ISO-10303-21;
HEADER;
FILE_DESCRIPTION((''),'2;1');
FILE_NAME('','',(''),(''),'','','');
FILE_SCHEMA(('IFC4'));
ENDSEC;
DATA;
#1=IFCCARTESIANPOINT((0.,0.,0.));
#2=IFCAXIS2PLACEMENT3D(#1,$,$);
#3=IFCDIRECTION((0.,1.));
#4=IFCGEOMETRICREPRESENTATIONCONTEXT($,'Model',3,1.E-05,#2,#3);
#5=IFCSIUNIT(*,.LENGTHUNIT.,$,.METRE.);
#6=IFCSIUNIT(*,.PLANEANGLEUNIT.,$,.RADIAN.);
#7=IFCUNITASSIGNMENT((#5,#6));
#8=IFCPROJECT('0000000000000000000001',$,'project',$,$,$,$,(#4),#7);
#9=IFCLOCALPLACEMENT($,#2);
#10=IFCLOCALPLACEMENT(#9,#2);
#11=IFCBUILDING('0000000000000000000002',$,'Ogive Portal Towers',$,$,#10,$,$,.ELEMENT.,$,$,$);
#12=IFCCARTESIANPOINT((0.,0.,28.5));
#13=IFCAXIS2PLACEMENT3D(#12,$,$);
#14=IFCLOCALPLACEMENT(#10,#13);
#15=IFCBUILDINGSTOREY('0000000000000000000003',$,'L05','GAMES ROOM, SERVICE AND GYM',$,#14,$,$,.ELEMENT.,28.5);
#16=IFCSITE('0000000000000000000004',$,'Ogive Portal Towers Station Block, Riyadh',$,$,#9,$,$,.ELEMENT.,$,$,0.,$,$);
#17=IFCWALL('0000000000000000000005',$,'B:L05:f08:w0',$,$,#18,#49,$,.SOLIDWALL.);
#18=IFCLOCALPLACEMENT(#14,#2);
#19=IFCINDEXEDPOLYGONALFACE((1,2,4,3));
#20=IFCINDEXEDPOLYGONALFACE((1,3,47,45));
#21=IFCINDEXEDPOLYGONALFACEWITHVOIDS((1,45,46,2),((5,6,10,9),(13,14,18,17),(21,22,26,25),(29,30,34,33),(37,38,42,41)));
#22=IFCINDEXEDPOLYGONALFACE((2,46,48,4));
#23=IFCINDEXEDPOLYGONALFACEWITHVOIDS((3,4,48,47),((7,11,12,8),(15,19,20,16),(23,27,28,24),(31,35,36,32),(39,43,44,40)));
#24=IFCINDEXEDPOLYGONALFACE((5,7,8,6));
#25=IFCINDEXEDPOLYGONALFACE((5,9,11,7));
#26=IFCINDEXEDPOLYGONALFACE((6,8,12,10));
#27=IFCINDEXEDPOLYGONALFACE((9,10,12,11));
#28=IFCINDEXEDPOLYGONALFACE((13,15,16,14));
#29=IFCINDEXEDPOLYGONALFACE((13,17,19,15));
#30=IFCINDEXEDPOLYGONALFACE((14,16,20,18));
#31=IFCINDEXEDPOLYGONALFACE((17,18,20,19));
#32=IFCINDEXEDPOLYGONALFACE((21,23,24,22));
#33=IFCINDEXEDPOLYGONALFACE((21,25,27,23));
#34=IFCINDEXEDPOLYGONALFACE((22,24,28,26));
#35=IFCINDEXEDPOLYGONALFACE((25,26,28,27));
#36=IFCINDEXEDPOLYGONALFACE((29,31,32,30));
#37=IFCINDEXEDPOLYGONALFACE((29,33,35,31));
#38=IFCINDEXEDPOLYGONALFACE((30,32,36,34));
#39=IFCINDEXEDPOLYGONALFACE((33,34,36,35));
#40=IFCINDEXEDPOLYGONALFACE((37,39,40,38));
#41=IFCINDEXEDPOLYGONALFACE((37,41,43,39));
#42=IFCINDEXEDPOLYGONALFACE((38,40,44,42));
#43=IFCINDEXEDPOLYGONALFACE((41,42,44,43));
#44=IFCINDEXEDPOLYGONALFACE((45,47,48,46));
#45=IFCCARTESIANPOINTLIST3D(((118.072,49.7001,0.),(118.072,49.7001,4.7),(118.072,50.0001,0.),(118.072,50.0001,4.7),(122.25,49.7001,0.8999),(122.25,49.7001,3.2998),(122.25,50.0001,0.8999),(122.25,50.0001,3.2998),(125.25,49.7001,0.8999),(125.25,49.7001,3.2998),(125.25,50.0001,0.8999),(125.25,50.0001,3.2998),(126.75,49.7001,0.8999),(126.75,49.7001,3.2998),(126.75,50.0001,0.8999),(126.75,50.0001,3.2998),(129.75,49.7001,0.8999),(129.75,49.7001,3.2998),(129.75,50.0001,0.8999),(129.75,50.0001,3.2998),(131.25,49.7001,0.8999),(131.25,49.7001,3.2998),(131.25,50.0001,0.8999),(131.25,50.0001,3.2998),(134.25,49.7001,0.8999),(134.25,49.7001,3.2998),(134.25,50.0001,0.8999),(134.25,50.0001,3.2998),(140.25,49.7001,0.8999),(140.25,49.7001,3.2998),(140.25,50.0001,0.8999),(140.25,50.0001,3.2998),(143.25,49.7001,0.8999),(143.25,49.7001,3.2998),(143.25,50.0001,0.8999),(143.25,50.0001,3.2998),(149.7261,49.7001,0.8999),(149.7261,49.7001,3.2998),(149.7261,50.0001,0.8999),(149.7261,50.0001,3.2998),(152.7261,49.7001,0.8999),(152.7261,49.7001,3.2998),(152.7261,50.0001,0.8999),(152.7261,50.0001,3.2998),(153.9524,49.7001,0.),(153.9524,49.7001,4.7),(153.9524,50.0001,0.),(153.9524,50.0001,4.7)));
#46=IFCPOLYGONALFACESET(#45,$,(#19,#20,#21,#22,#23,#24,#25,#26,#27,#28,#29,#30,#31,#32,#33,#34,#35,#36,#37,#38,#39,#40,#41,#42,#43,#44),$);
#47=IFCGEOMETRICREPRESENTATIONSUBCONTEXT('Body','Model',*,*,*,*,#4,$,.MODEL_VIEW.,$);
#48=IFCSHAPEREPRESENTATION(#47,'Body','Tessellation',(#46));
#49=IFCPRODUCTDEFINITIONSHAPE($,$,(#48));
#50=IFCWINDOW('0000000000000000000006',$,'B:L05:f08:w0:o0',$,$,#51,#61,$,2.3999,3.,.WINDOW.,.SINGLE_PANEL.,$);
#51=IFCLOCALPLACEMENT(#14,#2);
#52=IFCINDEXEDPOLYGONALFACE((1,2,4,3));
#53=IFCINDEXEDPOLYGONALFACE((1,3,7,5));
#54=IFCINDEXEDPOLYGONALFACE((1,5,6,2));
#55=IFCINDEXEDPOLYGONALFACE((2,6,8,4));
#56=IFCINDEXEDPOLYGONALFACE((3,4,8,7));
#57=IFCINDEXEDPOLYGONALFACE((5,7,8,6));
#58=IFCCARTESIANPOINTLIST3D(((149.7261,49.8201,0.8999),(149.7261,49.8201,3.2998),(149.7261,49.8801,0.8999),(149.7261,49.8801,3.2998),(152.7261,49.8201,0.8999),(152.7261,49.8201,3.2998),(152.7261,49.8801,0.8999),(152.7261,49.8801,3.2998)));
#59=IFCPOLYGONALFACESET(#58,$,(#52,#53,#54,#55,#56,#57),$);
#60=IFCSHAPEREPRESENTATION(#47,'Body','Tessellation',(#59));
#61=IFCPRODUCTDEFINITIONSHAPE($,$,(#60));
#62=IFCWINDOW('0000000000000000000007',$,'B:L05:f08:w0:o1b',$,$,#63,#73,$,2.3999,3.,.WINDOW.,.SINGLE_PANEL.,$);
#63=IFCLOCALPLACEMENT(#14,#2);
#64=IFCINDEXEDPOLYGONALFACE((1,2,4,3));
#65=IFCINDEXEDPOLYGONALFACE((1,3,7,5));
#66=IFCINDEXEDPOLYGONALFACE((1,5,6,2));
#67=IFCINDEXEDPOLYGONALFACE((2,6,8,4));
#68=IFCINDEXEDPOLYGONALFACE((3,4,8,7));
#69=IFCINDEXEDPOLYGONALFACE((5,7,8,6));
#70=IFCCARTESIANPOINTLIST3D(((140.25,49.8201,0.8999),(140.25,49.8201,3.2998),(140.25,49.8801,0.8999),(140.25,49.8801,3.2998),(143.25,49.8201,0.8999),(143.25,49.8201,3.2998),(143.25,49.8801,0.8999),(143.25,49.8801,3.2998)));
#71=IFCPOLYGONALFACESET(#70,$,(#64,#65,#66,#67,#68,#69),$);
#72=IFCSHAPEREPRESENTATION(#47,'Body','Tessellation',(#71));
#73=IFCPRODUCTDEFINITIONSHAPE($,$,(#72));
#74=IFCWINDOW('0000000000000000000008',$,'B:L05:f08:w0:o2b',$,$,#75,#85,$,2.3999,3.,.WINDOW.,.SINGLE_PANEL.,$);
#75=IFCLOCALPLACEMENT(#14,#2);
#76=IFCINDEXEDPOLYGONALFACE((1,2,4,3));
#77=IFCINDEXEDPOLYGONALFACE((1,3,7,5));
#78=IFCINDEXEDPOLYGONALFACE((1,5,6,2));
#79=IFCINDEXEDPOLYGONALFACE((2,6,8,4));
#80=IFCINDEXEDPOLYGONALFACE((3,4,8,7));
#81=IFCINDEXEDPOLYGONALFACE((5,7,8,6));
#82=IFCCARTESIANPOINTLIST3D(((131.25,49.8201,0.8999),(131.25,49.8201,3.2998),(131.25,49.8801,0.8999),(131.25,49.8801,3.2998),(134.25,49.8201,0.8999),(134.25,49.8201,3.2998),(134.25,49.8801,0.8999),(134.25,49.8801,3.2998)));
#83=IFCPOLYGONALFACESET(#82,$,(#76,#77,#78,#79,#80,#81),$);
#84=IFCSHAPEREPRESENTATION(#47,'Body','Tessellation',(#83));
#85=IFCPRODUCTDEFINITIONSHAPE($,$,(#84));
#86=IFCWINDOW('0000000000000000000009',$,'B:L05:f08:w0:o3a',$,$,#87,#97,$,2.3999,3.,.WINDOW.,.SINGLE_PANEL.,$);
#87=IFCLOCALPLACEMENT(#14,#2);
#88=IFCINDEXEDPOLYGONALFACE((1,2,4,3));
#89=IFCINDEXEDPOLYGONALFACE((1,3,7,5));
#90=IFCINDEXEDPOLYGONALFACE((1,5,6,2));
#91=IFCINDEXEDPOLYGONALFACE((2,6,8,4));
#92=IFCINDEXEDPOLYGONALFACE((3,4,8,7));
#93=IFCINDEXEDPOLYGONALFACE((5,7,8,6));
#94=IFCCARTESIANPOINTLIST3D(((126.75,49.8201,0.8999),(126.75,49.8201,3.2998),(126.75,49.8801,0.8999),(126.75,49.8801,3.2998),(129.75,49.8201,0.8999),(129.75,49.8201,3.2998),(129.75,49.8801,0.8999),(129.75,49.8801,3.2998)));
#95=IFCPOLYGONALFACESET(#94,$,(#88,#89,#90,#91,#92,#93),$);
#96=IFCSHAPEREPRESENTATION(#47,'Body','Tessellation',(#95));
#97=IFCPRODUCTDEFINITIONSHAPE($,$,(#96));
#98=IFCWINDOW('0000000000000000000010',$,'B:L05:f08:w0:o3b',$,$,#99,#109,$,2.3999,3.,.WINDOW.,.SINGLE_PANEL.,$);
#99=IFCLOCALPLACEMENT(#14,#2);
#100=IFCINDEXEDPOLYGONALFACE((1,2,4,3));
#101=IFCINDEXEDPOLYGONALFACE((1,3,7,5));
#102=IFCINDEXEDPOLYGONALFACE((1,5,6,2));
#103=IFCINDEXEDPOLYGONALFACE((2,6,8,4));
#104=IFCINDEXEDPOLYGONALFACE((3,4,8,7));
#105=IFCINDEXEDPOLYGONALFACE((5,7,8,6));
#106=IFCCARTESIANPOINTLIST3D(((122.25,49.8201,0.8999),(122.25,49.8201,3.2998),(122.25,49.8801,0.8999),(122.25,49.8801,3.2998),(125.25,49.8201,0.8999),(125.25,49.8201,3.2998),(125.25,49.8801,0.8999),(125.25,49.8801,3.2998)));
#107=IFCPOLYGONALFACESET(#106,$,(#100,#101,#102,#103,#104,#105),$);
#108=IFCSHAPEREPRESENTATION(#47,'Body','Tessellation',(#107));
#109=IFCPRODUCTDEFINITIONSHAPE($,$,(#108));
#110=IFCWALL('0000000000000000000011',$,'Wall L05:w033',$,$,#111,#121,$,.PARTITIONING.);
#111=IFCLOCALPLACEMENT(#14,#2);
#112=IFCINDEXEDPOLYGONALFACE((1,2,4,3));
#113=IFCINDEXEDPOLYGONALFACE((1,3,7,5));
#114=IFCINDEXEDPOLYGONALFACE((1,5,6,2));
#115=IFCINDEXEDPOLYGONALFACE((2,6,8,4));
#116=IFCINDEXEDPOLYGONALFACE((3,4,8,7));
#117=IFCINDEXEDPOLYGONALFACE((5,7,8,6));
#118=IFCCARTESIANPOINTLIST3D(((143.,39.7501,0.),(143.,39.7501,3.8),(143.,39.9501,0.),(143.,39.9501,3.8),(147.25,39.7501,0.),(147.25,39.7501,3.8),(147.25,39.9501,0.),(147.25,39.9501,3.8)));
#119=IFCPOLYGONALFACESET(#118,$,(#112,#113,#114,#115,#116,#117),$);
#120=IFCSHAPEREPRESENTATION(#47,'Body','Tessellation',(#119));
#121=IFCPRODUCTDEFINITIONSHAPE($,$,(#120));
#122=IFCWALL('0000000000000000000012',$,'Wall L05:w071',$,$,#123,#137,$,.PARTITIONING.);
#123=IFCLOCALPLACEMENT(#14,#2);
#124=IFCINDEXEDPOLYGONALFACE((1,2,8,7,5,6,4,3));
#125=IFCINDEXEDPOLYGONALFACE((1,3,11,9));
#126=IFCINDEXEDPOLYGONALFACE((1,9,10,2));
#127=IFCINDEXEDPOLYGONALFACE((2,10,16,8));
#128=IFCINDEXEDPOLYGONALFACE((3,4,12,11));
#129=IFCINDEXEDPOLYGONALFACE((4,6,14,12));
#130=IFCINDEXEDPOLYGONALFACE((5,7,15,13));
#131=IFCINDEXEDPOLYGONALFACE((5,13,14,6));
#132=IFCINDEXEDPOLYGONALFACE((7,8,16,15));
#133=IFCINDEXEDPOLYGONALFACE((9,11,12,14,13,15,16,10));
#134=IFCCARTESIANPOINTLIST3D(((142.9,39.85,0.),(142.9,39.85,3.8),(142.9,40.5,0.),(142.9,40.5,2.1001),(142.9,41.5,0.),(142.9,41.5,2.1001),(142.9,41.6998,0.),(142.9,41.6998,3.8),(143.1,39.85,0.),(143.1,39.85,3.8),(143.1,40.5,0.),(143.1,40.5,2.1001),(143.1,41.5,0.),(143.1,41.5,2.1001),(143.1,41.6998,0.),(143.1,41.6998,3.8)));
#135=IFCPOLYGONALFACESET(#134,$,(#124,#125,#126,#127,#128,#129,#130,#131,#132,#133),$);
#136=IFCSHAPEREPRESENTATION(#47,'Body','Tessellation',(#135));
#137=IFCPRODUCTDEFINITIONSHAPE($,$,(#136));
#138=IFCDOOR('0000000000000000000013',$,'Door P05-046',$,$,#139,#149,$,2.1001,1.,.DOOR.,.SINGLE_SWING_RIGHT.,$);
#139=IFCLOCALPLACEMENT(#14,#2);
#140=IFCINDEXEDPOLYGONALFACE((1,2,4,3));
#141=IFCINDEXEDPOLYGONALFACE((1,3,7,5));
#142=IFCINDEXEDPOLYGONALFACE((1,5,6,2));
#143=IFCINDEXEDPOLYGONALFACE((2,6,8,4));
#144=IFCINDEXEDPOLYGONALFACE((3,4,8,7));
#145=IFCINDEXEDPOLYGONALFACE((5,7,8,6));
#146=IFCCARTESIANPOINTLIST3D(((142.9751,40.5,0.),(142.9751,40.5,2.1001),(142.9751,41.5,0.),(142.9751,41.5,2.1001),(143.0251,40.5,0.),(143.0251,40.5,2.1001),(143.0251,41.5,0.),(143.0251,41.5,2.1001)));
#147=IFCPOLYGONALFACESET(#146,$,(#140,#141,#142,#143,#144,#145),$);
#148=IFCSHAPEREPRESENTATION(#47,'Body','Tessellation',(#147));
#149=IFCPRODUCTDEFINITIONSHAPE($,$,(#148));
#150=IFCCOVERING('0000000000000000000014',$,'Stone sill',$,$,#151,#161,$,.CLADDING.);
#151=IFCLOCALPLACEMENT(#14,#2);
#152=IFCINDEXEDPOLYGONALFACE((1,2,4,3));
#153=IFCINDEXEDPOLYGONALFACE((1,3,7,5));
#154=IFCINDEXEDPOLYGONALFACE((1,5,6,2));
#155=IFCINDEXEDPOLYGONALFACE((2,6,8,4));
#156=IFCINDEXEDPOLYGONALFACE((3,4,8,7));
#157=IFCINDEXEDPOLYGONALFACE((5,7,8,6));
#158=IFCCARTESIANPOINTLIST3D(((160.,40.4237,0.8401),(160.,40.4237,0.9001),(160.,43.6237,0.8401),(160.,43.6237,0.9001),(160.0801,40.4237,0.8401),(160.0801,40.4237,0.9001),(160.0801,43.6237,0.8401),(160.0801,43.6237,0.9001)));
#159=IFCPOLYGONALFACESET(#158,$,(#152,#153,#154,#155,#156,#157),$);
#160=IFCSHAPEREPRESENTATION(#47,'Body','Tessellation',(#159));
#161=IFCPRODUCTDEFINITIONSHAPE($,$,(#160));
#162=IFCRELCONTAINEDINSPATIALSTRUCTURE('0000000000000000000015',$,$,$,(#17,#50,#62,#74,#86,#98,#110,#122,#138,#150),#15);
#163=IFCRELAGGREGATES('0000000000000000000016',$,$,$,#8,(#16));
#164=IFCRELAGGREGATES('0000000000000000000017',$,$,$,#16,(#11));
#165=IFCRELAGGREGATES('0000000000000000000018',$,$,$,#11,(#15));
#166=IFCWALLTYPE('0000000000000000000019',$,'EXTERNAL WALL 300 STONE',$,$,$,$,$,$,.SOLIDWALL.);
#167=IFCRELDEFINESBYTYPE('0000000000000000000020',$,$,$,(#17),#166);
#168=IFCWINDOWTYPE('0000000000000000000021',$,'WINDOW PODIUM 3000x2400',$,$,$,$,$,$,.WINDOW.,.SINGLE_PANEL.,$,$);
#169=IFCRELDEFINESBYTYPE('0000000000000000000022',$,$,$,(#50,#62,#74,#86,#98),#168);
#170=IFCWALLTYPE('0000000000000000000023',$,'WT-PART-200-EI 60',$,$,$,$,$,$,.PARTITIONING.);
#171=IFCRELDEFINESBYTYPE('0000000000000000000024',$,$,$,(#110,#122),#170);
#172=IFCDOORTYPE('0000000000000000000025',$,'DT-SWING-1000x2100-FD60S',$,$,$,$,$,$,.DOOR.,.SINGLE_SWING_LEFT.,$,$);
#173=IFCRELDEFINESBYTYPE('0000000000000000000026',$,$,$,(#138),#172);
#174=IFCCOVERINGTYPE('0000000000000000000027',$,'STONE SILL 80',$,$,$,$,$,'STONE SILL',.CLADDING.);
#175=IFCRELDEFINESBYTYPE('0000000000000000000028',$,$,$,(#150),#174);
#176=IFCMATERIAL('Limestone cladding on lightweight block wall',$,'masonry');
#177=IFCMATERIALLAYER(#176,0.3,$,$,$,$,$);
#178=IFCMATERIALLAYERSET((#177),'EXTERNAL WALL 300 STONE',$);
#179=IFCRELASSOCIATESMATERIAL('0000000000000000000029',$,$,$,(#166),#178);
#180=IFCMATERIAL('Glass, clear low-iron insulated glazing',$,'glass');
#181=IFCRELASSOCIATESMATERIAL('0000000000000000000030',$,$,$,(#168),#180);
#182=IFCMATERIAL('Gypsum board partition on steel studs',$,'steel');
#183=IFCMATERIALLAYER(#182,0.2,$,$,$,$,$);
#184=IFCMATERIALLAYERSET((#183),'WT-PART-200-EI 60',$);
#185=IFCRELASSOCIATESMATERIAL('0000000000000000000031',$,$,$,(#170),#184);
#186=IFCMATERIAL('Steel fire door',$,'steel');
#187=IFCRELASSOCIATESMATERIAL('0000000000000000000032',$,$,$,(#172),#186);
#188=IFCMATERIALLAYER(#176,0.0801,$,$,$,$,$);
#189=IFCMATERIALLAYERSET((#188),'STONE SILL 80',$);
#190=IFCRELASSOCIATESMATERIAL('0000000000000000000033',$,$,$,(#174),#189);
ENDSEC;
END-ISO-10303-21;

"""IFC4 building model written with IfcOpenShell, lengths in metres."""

from ifc_helpers import new_model, si_unit, direction, frame, frame_2d, origin, origin_2d, place, context, subcontext, project, spatial, rectangle, extrude, material, layer, layer_set, type_object, element, fill, save


model = new_model("IFC4")

# Units and contexts
model_context = context("Model", 3, precision=1e-05, world=origin(), true_north=direction((0.0, 1.0)))
body_context = subcontext(model_context, "Body", "Model", "MODEL_VIEW")
ifc_project = project(units=[si_unit("LENGTHUNIT", "METRE"), si_unit("PLANEANGLEUNIT", "RADIAN")], contexts=[model_context])

# Site, building, storey
site_placement = place(None, origin())
site = spatial("IfcSite", under=ifc_project, at=site_placement, Name="Ogive Portal Towers Station Block, Riyadh", CompositionType="ELEMENT", RefElevation=0.0)
building_placement = place(site_placement, origin())
building = spatial("IfcBuilding", under=site, at=building_placement, Name="Ogive Portal Towers", CompositionType="ELEMENT")
storey_placement = place(building_placement, frame((0.0, 0.0, 28.5)))
storey = spatial("IfcBuildingStorey", under=building, at=storey_placement, Name="L05", Description="GAMES ROOM, SERVICE AND GYM", CompositionType="ELEMENT", Elevation=28.5)

# Shared definitions
ifc_material_1 = material(Name="Limestone cladding on lightweight block wall", Category="masonry")
ifc_layer_1 = layer(ifc_material_1, 0.3)
ifc_layer_set_1 = layer_set([ifc_layer_1], Name="EXTERNAL WALL 300 STONE")
wall_type_1 = type_object("IfcWallType", Name="EXTERNAL WALL 300 STONE", PredefinedType="SOLIDWALL", material=ifc_layer_set_1)
ifc_material_2 = material(Name="Glass, clear low-iron insulated glazing", Category="glass")
window_type = type_object("IfcWindowType", Name="WINDOW PODIUM 3000x2400", PartitioningType="SINGLE_PANEL", PredefinedType="WINDOW", material=ifc_material_2)

# Wall, openings, windows
wall_1_placement = place(storey_placement, frame((153.9524, 49.8501, 0.0), z_axis=(0.0, 0.0, 1.0), x_axis=(-1.0, 0.0, 0.0)))
wall_1 = element("IfcWall", 1, at=wall_1_placement, inside=storey, type_object=wall_type_1, Name="B:L05:f08:w0", PredefinedType="SOLIDWALL", context=body_context, shape_type="SweptSolid", body=[
    extrude(rectangle(XDim=35.8804, YDim=0.3, at=frame_2d((17.9402, 0.0))), origin(), (0.0, 0.0, 1.0), 4.7),
])
opening_1_placement = place(wall_1_placement, frame((1.2263, 0.0, 0.8999)))
opening_1 = element("IfcOpeningElement", 2, at=opening_1_placement, cuts=wall_1, PredefinedType="OPENING", context=body_context, shape_type="SweptSolid", body=[
    extrude(rectangle(XDim=3.0, YDim=2.3999, at=frame_2d((1.5, 1.2))), frame((0.0, 0.1602, 0.0), z_axis=(0.0, -1.0, 0.0), x_axis=(1.0, 0.0, 0.0)), (0.0, 0.0, 1.0), 0.3201),
])
opening_2_placement = place(wall_1_placement, frame((10.7024, 0.0, 0.8999)))
opening_2 = element("IfcOpeningElement", 3, at=opening_2_placement, cuts=wall_1, PredefinedType="OPENING", context=body_context, shape_type="SweptSolid", body=[
    extrude(rectangle(XDim=3.0, YDim=2.3999, at=frame_2d((1.5, 1.2))), frame((0.0, 0.1602, 0.0), z_axis=(0.0, -1.0, 0.0), x_axis=(1.0, 0.0, 0.0)), (0.0, 0.0, 1.0), 0.3201),
])
opening_3_placement = place(wall_1_placement, frame((19.7024, 0.0, 0.8999)))
opening_3 = element("IfcOpeningElement", 4, at=opening_3_placement, cuts=wall_1, PredefinedType="OPENING", context=body_context, shape_type="SweptSolid", body=[
    extrude(rectangle(XDim=3.0, YDim=2.3999, at=frame_2d((1.5, 1.2))), frame((0.0, 0.1602, 0.0), z_axis=(0.0, -1.0, 0.0), x_axis=(1.0, 0.0, 0.0)), (0.0, 0.0, 1.0), 0.3201),
])
opening_4_placement = place(wall_1_placement, frame((24.2024, 0.0, 0.8999)))
opening_4 = element("IfcOpeningElement", 5, at=opening_4_placement, cuts=wall_1, PredefinedType="OPENING", context=body_context, shape_type="SweptSolid", body=[
    extrude(rectangle(XDim=3.0, YDim=2.3999, at=frame_2d((1.5, 1.2))), frame((0.0, 0.1602, 0.0), z_axis=(0.0, -1.0, 0.0), x_axis=(1.0, 0.0, 0.0)), (0.0, 0.0, 1.0), 0.3201),
])
opening_5_placement = place(wall_1_placement, frame((28.7024, 0.0, 0.8999)))
opening_5 = element("IfcOpeningElement", 6, at=opening_5_placement, cuts=wall_1, PredefinedType="OPENING", context=body_context, shape_type="SweptSolid", body=[
    extrude(rectangle(XDim=3.0, YDim=2.3999, at=frame_2d((1.5, 1.2))), frame((0.0, 0.1602, 0.0), z_axis=(0.0, -1.0, 0.0), x_axis=(1.0, 0.0, 0.0)), (0.0, 0.0, 1.0), 0.3201),
])
window_1_placement = place(opening_1_placement, origin())
window_1 = element("IfcWindow", 7, at=window_1_placement, inside=storey, type_object=window_type, Name="B:L05:f08:w0:o0", OverallHeight=2.3999, OverallWidth=3.0, PartitioningType="SINGLE_PANEL", PredefinedType="WINDOW", context=body_context, shape_type="SweptSolid", body=[
    extrude(rectangle(XDim=3.0, YDim=2.3999, at=frame_2d((1.5, 1.2))), frame((0.0, 0.03, 0.0), z_axis=(0.0, -1.0, 0.0), x_axis=(1.0, 0.0, 0.0)), (0.0, 0.0, 1.0), 0.0601),
])
fill(opening_1, window_1)
window_2_placement = place(opening_2_placement, origin())
window_2 = element("IfcWindow", 8, at=window_2_placement, inside=storey, type_object=window_type, Name="B:L05:f08:w0:o1b", OverallHeight=2.3999, OverallWidth=3.0, PartitioningType="SINGLE_PANEL", PredefinedType="WINDOW", context=body_context, shape_type="SweptSolid", body=[
    extrude(rectangle(XDim=3.0, YDim=2.3999, at=frame_2d((1.5, 1.2))), frame((0.0, 0.03, 0.0), z_axis=(0.0, -1.0, 0.0), x_axis=(1.0, 0.0, 0.0)), (0.0, 0.0, 1.0), 0.0601),
])
fill(opening_2, window_2)
window_3_placement = place(opening_3_placement, origin())
window_3 = element("IfcWindow", 9, at=window_3_placement, inside=storey, type_object=window_type, Name="B:L05:f08:w0:o2b", OverallHeight=2.3999, OverallWidth=3.0, PartitioningType="SINGLE_PANEL", PredefinedType="WINDOW", context=body_context, shape_type="SweptSolid", body=[
    extrude(rectangle(XDim=3.0, YDim=2.3999, at=frame_2d((1.5, 1.2))), frame((0.0, 0.03, 0.0), z_axis=(0.0, -1.0, 0.0), x_axis=(1.0, 0.0, 0.0)), (0.0, 0.0, 1.0), 0.0601),
])
fill(opening_3, window_3)
window_4_placement = place(opening_4_placement, origin())
window_4 = element("IfcWindow", 10, at=window_4_placement, inside=storey, type_object=window_type, Name="B:L05:f08:w0:o3a", OverallHeight=2.3999, OverallWidth=3.0, PartitioningType="SINGLE_PANEL", PredefinedType="WINDOW", context=body_context, shape_type="SweptSolid", body=[
    extrude(rectangle(XDim=3.0, YDim=2.3999, at=frame_2d((1.5, 1.2))), frame((0.0, 0.03, 0.0), z_axis=(0.0, -1.0, 0.0), x_axis=(1.0, 0.0, 0.0)), (0.0, 0.0, 1.0), 0.0601),
])
fill(opening_4, window_4)
window_5_placement = place(opening_5_placement, origin())
window_5 = element("IfcWindow", 11, at=window_5_placement, inside=storey, type_object=window_type, Name="B:L05:f08:w0:o3b", OverallHeight=2.3999, OverallWidth=3.0, PartitioningType="SINGLE_PANEL", PredefinedType="WINDOW", context=body_context, shape_type="SweptSolid", body=[
    extrude(rectangle(XDim=3.0, YDim=2.3999, at=frame_2d((1.5, 1.2))), frame((0.0, 0.03, 0.0), z_axis=(0.0, -1.0, 0.0), x_axis=(1.0, 0.0, 0.0)), (0.0, 0.0, 1.0), 0.0601),
])
fill(opening_5, window_5)

# Wall
ifc_material_3 = material(Name="Gypsum board partition on steel studs", Category="steel")
ifc_layer_2 = layer(ifc_material_3, 0.2)
ifc_layer_set_2 = layer_set([ifc_layer_2], Name="WT-PART-200-EI 60")
wall_type_2 = type_object("IfcWallType", Name="WT-PART-200-EI 60", PredefinedType="PARTITIONING", material=ifc_layer_set_2)
wall_2_placement = place(storey_placement, frame((143.0, 39.8501, 0.0), z_axis=(0.0, 0.0, 1.0), x_axis=(1.0, 0.0, 0.0)))
element("IfcWall", 12, at=wall_2_placement, inside=storey, type_object=wall_type_2, Name="Wall L05:w033", PredefinedType="PARTITIONING", context=body_context, shape_type="SweptSolid", body=[
    extrude(rectangle(XDim=4.25, YDim=0.2, at=frame_2d((2.125, 0.0))), origin(), (0.0, 0.0, 1.0), 3.8),
])

# Wall, opening, door
wall_3_placement = place(storey_placement, frame((143.0, 39.8501, 0.0), z_axis=(0.0, 0.0, 1.0), x_axis=(0.0, 1.0, 0.0)))
wall_3 = element("IfcWall", 13, at=wall_3_placement, inside=storey, type_object=wall_type_2, Name="Wall L05:w071", PredefinedType="PARTITIONING", context=body_context, shape_type="SweptSolid", body=[
    extrude(rectangle(XDim=1.8499, YDim=0.2, at=frame_2d((0.9248, 0.0))), origin(), (0.0, 0.0, 1.0), 3.8),
])
opening_6_placement = place(wall_3_placement, frame((0.6499, 0.0, 0.0)))
opening_6 = element("IfcOpeningElement", 14, at=opening_6_placement, cuts=wall_3, PredefinedType="OPENING", context=body_context, shape_type="SweptSolid", body=[
    extrude(rectangle(XDim=1.0, YDim=2.1001, at=frame_2d((0.5, 1.05))), frame((0.0, 0.1099, 0.0), z_axis=(0.0, -1.0, 0.0), x_axis=(1.0, 0.0, 0.0)), (0.0, 0.0, 1.0), 0.22),
])
ifc_material_4 = material(Name="Steel fire door", Category="steel")
door_type = type_object("IfcDoorType", Name="DT-SWING-1000x2100-FD60S", OperationType="SINGLE_SWING_LEFT", PredefinedType="DOOR", material=ifc_material_4)
door_placement = place(opening_6_placement, origin())
door = element("IfcDoor", 15, at=door_placement, inside=storey, type_object=door_type, Name="Door P05-046", OperationType="SINGLE_SWING_RIGHT", OverallHeight=2.1001, OverallWidth=1.0, PredefinedType="DOOR", context=body_context, shape_type="SweptSolid", body=[
    extrude(rectangle(XDim=1.0, YDim=2.1001, at=frame_2d((0.5, 1.05))), frame((0.0, 0.0249, 0.0), z_axis=(0.0, -1.0, 0.0), x_axis=(1.0, 0.0, 0.0)), (0.0, 0.0, 1.0), 0.05),
])
fill(opening_6, door)

# Covering
ifc_layer_3 = layer(ifc_material_1, 0.0801)
ifc_layer_set_3 = layer_set([ifc_layer_3], Name="STONE SILL 80")
covering_type = type_object("IfcCoveringType", Name="STONE SILL 80", ElementType="STONE SILL", PredefinedType="CLADDING", material=ifc_layer_set_3)
for number, where, z_axis, x_axis, name in (
    (16, (160.04, 42.0237, 0.8401), (0.0, 0.0, 1.0), (0.0, 1.0, 0.0), "Stone sill"),
):
    element("IfcCovering", number, at=place(storey_placement, frame(where, z_axis=z_axis, x_axis=x_axis)), inside=storey, type_object=covering_type, Name=name, PredefinedType="CLADDING", context=body_context, shape_type="SweptSolid", body=[
        extrude(rectangle(XDim=3.2, YDim=0.0801, at=origin_2d()), origin(), (0.0, 0.0, 1.0), 0.0601),
    ])

save(model, "model.ifc")
